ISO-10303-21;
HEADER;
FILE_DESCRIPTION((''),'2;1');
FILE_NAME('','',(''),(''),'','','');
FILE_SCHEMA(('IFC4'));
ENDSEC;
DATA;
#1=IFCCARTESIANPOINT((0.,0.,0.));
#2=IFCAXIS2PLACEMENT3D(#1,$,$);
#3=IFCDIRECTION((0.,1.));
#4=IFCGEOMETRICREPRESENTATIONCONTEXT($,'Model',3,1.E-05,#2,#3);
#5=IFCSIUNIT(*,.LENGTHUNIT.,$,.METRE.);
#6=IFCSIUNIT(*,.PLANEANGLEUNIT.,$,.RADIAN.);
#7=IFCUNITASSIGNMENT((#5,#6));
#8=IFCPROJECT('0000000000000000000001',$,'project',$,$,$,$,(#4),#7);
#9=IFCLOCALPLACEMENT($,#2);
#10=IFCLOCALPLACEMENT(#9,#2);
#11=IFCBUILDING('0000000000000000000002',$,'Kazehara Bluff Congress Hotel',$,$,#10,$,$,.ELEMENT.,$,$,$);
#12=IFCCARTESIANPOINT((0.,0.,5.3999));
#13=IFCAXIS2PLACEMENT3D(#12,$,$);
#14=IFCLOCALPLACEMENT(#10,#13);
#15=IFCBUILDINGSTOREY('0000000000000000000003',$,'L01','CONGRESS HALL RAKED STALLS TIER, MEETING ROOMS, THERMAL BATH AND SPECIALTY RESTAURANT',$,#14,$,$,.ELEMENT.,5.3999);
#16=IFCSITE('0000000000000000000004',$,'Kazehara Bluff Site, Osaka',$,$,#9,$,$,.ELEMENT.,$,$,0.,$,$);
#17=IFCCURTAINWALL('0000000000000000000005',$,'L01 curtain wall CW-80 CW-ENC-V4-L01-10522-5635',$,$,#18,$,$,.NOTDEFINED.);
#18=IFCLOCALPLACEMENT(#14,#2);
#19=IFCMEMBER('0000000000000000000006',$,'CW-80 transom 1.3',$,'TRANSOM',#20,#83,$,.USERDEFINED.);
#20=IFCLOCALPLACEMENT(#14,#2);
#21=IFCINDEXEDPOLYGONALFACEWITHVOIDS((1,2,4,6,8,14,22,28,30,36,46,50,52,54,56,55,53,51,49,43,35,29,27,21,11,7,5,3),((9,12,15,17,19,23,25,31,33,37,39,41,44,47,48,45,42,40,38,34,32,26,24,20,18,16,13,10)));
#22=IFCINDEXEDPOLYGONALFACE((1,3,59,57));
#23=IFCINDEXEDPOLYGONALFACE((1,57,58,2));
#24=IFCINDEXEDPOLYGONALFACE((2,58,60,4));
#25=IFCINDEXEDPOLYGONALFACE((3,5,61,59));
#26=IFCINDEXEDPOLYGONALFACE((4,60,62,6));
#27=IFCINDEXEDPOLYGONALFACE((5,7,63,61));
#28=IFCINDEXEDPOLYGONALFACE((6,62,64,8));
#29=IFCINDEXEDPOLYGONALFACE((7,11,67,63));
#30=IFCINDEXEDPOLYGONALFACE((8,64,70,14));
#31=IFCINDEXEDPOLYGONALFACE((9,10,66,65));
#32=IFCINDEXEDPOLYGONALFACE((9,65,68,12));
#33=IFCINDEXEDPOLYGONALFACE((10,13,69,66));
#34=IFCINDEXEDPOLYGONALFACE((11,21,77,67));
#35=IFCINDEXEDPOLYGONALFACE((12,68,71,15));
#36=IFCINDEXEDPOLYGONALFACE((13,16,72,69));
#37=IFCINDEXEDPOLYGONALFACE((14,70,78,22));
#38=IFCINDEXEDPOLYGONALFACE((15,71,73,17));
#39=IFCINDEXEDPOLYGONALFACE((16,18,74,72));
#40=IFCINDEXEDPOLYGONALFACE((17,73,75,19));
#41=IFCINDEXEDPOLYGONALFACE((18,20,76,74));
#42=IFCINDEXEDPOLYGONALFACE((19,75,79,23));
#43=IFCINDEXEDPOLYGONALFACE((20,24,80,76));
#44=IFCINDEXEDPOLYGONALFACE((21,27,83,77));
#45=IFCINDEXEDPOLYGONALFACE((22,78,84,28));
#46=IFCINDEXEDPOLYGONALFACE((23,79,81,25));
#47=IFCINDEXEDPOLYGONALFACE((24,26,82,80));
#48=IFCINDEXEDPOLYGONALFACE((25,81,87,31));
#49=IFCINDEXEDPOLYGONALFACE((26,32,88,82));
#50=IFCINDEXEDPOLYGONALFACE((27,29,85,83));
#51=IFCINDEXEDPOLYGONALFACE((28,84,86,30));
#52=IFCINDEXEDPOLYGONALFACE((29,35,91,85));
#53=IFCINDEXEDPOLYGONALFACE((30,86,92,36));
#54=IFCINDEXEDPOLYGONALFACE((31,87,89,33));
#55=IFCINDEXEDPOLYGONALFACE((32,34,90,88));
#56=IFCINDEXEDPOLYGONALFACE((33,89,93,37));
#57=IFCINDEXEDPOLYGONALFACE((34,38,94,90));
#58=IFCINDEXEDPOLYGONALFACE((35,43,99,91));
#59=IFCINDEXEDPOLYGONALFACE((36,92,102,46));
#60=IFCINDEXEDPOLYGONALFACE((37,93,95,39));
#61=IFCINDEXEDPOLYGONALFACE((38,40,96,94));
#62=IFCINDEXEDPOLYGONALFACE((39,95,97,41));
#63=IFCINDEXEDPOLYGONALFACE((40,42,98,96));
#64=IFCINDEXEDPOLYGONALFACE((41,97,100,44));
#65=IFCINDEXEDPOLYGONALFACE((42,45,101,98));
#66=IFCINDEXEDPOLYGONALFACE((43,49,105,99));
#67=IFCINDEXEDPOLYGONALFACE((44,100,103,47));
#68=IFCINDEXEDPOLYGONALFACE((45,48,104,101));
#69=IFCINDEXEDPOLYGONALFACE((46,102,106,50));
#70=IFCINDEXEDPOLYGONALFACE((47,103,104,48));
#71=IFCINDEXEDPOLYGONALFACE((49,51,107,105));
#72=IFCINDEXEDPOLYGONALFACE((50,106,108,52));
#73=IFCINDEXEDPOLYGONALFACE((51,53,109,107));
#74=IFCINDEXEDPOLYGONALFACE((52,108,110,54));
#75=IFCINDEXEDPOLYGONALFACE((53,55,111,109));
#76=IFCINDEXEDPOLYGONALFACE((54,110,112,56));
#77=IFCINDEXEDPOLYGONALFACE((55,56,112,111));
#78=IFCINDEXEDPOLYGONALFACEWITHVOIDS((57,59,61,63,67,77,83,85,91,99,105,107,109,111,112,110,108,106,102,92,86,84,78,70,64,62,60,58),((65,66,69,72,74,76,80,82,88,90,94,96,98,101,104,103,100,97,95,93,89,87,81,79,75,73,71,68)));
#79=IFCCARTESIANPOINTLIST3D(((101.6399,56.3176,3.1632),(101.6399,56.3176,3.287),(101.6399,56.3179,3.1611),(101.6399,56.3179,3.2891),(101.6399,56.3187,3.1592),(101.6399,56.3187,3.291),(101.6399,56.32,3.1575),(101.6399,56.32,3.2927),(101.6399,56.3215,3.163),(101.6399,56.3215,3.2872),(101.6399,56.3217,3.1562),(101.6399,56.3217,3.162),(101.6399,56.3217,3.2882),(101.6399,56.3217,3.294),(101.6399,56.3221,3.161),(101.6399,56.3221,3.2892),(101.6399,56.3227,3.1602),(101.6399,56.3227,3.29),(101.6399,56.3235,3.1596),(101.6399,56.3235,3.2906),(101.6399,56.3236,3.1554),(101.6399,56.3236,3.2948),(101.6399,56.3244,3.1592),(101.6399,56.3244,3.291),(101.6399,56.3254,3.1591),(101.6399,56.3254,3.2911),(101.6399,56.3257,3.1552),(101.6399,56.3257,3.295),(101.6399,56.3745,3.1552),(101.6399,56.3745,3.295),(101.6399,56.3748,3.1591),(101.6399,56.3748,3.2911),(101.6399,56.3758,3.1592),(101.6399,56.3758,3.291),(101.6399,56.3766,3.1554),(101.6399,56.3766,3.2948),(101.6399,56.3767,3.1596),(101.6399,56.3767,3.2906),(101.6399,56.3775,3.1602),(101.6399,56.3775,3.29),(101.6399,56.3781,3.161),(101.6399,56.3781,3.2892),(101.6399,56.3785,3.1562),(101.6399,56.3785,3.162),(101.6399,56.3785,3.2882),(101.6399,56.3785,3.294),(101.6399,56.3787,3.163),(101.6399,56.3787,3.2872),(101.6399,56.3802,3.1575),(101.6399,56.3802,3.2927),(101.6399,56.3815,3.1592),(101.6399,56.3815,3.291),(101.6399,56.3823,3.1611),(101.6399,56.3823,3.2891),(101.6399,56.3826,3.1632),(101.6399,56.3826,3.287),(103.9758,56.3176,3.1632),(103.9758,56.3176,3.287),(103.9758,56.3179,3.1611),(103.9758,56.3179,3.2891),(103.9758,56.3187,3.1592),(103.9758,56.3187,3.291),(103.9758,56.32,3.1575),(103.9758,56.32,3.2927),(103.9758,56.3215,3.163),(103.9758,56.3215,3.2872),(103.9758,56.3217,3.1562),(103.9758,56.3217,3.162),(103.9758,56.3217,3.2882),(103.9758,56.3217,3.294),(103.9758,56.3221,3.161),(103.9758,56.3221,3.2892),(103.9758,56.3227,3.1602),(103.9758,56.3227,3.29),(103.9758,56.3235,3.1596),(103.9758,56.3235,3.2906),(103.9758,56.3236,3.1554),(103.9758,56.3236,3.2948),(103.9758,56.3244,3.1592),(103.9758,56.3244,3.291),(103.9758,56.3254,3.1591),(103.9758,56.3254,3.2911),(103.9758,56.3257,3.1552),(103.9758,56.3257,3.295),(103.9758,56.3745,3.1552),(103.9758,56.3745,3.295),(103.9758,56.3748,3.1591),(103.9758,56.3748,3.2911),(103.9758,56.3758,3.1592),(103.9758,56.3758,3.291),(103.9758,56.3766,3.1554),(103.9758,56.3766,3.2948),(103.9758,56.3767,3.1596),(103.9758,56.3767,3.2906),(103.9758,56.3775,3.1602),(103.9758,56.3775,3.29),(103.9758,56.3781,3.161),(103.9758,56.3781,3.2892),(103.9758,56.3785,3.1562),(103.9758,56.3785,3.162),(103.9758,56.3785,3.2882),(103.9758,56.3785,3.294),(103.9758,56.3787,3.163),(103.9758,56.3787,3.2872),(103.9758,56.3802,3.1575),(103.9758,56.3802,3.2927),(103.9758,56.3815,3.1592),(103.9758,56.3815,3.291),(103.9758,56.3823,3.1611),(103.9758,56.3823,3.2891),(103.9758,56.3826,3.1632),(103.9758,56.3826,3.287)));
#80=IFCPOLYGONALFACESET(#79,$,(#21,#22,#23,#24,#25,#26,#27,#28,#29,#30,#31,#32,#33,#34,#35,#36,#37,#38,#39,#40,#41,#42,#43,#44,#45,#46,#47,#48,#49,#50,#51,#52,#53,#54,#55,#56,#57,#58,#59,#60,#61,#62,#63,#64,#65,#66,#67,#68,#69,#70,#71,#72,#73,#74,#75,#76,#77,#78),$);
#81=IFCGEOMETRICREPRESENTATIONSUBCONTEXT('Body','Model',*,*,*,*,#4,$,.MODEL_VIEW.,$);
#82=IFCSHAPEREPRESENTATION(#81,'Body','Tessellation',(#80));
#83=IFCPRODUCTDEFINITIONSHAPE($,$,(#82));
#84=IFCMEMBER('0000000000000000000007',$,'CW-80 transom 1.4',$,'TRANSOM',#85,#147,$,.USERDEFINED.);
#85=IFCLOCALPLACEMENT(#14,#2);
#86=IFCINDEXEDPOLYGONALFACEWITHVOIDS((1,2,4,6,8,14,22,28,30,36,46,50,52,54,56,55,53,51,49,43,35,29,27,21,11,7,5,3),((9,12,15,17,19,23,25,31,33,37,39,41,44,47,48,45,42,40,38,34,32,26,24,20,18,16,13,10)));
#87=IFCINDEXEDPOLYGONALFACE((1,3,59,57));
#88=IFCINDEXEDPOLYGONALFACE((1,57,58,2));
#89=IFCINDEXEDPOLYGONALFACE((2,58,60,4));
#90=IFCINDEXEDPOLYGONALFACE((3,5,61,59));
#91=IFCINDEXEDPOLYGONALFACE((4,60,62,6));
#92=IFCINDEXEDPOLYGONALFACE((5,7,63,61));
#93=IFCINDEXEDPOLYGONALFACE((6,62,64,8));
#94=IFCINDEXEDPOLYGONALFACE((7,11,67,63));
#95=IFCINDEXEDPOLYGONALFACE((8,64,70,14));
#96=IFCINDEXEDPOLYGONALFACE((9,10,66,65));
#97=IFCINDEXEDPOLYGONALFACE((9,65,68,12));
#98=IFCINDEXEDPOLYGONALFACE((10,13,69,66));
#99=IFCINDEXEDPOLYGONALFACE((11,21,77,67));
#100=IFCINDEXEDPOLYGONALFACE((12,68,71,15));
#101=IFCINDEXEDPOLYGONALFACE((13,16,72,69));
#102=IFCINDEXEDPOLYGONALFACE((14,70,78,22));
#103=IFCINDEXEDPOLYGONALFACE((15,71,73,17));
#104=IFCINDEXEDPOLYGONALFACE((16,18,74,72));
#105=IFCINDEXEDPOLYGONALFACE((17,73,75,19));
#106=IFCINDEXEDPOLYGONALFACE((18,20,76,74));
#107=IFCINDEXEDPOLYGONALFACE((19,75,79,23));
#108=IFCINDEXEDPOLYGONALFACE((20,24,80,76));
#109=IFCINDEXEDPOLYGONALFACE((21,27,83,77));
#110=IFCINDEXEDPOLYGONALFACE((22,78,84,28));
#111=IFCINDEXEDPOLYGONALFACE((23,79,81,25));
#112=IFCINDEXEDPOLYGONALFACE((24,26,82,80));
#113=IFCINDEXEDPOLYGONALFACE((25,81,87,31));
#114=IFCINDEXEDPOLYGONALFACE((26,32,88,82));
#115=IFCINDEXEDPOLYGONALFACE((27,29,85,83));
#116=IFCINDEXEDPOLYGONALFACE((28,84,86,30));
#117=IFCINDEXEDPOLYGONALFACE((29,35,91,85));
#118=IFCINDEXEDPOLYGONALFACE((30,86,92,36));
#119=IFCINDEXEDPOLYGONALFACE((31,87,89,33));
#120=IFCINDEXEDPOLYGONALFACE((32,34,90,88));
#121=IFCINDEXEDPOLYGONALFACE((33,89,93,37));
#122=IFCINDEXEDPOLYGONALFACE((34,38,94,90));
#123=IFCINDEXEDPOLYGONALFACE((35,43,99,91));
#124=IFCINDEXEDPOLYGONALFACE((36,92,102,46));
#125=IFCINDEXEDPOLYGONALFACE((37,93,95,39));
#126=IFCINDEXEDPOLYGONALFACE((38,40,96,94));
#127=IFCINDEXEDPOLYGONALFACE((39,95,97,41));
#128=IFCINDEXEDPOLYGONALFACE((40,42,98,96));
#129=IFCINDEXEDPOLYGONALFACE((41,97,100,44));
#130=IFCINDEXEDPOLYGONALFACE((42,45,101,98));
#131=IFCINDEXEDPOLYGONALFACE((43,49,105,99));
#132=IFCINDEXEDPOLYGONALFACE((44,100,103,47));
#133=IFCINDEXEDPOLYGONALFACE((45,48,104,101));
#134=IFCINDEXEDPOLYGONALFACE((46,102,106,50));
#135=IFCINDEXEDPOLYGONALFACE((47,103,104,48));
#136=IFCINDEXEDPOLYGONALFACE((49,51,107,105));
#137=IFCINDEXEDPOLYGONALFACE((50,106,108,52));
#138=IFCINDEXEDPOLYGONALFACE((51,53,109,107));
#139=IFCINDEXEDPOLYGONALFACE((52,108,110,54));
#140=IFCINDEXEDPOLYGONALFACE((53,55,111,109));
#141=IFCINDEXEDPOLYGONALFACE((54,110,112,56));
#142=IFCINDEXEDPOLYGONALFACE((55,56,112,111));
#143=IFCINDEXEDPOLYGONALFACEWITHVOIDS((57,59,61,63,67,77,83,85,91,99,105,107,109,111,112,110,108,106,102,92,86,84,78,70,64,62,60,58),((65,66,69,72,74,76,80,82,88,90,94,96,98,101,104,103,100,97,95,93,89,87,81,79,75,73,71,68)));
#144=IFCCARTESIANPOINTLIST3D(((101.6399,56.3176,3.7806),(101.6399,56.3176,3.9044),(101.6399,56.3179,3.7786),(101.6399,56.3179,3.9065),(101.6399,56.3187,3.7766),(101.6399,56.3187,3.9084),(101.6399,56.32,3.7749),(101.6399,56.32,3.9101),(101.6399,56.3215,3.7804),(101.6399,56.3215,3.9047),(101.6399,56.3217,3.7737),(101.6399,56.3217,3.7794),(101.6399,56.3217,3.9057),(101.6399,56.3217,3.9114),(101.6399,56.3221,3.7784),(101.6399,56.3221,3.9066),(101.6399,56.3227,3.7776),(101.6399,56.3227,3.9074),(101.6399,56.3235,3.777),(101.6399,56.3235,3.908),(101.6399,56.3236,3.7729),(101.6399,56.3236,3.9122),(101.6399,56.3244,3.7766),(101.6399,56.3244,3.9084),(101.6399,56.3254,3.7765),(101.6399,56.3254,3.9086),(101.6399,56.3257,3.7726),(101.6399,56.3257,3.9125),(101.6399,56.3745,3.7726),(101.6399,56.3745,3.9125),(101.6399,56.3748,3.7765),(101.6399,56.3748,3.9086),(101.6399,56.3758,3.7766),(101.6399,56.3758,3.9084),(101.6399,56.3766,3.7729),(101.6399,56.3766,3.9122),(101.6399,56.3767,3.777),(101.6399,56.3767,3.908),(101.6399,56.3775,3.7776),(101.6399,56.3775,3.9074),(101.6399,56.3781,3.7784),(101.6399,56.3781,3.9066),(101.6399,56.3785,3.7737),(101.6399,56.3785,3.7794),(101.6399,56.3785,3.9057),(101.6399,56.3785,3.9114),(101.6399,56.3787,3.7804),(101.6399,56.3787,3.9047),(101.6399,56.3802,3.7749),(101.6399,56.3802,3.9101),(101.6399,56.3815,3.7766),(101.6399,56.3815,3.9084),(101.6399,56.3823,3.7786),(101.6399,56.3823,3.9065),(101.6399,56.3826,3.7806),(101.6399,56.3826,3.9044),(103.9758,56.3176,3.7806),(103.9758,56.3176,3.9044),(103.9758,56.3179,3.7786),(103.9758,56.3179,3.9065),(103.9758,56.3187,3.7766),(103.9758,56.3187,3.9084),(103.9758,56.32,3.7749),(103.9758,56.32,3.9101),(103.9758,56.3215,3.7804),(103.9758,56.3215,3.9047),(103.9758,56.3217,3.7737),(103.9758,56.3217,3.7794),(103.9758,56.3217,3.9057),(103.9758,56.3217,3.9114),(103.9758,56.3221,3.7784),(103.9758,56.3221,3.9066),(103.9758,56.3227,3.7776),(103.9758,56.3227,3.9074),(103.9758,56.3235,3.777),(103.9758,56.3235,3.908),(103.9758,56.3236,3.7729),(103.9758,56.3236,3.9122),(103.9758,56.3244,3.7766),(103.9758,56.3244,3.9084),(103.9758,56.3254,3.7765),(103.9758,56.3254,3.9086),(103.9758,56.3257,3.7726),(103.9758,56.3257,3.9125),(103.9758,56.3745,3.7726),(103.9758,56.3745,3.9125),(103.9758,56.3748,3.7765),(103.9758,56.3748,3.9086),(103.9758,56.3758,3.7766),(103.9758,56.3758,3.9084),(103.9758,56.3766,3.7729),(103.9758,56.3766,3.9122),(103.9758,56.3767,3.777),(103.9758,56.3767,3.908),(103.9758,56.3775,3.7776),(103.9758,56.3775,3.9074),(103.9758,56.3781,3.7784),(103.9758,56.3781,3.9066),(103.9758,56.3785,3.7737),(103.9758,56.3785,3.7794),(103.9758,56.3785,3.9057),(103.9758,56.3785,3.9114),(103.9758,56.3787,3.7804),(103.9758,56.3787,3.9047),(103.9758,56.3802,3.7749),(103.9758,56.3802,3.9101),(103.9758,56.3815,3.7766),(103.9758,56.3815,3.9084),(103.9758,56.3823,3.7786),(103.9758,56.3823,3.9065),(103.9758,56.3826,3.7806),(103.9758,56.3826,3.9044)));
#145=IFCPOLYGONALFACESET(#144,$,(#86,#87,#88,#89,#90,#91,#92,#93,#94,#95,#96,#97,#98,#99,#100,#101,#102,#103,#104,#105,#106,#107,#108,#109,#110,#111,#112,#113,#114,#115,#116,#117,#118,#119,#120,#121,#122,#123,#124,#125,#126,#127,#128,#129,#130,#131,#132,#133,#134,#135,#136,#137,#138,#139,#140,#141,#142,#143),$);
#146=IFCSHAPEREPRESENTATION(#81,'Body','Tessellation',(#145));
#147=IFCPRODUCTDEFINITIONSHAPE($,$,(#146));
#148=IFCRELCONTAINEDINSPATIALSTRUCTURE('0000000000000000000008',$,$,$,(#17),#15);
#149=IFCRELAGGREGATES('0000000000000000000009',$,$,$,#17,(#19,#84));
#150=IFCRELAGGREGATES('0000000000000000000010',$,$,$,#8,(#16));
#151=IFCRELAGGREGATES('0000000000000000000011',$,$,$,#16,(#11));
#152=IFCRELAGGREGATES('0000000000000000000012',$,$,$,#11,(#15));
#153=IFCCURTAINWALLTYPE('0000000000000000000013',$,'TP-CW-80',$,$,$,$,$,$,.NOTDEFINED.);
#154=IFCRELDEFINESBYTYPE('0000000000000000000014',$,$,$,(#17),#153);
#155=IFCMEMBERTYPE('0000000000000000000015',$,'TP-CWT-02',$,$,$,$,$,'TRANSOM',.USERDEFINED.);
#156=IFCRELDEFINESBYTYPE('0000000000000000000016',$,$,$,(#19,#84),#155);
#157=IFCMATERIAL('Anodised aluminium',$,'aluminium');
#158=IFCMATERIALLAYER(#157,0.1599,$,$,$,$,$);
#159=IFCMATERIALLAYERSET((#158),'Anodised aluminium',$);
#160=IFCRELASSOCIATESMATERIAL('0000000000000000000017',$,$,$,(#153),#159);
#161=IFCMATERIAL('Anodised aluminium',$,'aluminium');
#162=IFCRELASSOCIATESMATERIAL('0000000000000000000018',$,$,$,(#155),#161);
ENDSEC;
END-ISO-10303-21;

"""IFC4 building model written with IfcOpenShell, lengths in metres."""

from ifc_helpers import new_model, si_unit, direction, frame, origin, origin_2d, place, context, subcontext, project, spatial, hollow_rectangle, extrude, material, layer, layer_set, material_profile, profile_set, type_object, element, aggregate, save


model = new_model("IFC4")

# Units and contexts
model_context = context("Model", 3, precision=1e-05, world=origin(), true_north=direction((0.0, 1.0)))
body_context = subcontext(model_context, "Body", "Model", "MODEL_VIEW")
ifc_project = project(units=[si_unit("LENGTHUNIT", "METRE"), si_unit("PLANEANGLEUNIT", "RADIAN")], contexts=[model_context])

# Site, building, storey
site_placement = place(None, origin())
site = spatial("IfcSite", under=ifc_project, at=site_placement, Name="Kazehara Bluff Site, Osaka", CompositionType="ELEMENT", RefElevation=0.0)
building_placement = place(site_placement, origin())
building = spatial("IfcBuilding", under=site, at=building_placement, Name="Kazehara Bluff Congress Hotel", CompositionType="ELEMENT")
storey_placement = place(building_placement, frame((0.0, 0.0, 5.3999)))
storey = spatial("IfcBuildingStorey", under=building, at=storey_placement, Name="L01", Description="CONGRESS HALL RAKED STALLS TIER, MEETING ROOMS, THERMAL BATH AND SPECIALTY RESTAURANT", CompositionType="ELEMENT", Elevation=5.3999)

# Curtain wall, members
ifc_material_1 = material(Name="Anodised aluminium", Category="aluminium")
ifc_layer_1 = layer(ifc_material_1, 0.1599)
ifc_layer_set_1 = layer_set([ifc_layer_1], Name="Anodised aluminium")
curtain_wall_type_1 = type_object("IfcCurtainWallType", Name="TP-CW-80", PredefinedType="NOTDEFINED", material=ifc_layer_set_1)
curtain_wall_1_placement = place(storey_placement, origin())
curtain_wall_1 = element("IfcCurtainWall", 1, at=curtain_wall_1_placement, inside=storey, type_object=curtain_wall_type_1, Name="L01 curtain wall CW-80 CW-ENC-V4-L01-10522-5635", PredefinedType="NOTDEFINED")
ifc_material_2 = material(Name="Anodised aluminium", Category="aluminium")
ifc_material_profile_1 = material_profile(ifc_material_2, hollow_rectangle(XDim=0.0649, YDim=0.1399, WallThickness=0.0039, InnerFilletRadius=0.0039, OuterFilletRadius=0.0081, at=origin_2d()))
ifc_profile_set_1 = profile_set([ifc_material_profile_1], Name="Anodised aluminium")
member_type_1 = type_object("IfcMemberType", Name="TP-CWT-02", ElementType="TRANSOM", PredefinedType="USERDEFINED", material=ifc_profile_set_1)
member_1_placement = place(storey_placement, frame((101.6399, 56.3501, 3.2251), z_axis=(1.0, 0.0, 0.0), x_axis=(0.0, 1.0, 0.0)))
member_1 = element("IfcMember", 2, at=member_1_placement, type_object=member_type_1, Name="CW-80 transom 1.3", ObjectType="TRANSOM", PredefinedType="USERDEFINED", context=body_context, shape_type="SweptSolid", body=[
    extrude(hollow_rectangle(XDim=0.0649, YDim=0.1399, WallThickness=0.0039, InnerFilletRadius=0.0039, OuterFilletRadius=0.0081, at=origin_2d()), origin(), (0.0, 0.0, 1.0), 2.3359),
])
member_2_placement = place(storey_placement, frame((101.6399, 56.3501, 3.8425), z_axis=(1.0, 0.0, 0.0), x_axis=(0.0, 1.0, 0.0)))
member_2 = element("IfcMember", 3, at=member_2_placement, type_object=member_type_1, Name="CW-80 transom 1.4", ObjectType="TRANSOM", PredefinedType="USERDEFINED", context=body_context, shape_type="SweptSolid", body=[
    extrude(hollow_rectangle(XDim=0.0649, YDim=0.1399, WallThickness=0.0039, InnerFilletRadius=0.0039, OuterFilletRadius=0.0081, at=origin_2d()), origin(), (0.0, 0.0, 1.0), 2.3359),
])

aggregate(curtain_wall_1, [member_1, member_2])

save(model, "model.ifc")
